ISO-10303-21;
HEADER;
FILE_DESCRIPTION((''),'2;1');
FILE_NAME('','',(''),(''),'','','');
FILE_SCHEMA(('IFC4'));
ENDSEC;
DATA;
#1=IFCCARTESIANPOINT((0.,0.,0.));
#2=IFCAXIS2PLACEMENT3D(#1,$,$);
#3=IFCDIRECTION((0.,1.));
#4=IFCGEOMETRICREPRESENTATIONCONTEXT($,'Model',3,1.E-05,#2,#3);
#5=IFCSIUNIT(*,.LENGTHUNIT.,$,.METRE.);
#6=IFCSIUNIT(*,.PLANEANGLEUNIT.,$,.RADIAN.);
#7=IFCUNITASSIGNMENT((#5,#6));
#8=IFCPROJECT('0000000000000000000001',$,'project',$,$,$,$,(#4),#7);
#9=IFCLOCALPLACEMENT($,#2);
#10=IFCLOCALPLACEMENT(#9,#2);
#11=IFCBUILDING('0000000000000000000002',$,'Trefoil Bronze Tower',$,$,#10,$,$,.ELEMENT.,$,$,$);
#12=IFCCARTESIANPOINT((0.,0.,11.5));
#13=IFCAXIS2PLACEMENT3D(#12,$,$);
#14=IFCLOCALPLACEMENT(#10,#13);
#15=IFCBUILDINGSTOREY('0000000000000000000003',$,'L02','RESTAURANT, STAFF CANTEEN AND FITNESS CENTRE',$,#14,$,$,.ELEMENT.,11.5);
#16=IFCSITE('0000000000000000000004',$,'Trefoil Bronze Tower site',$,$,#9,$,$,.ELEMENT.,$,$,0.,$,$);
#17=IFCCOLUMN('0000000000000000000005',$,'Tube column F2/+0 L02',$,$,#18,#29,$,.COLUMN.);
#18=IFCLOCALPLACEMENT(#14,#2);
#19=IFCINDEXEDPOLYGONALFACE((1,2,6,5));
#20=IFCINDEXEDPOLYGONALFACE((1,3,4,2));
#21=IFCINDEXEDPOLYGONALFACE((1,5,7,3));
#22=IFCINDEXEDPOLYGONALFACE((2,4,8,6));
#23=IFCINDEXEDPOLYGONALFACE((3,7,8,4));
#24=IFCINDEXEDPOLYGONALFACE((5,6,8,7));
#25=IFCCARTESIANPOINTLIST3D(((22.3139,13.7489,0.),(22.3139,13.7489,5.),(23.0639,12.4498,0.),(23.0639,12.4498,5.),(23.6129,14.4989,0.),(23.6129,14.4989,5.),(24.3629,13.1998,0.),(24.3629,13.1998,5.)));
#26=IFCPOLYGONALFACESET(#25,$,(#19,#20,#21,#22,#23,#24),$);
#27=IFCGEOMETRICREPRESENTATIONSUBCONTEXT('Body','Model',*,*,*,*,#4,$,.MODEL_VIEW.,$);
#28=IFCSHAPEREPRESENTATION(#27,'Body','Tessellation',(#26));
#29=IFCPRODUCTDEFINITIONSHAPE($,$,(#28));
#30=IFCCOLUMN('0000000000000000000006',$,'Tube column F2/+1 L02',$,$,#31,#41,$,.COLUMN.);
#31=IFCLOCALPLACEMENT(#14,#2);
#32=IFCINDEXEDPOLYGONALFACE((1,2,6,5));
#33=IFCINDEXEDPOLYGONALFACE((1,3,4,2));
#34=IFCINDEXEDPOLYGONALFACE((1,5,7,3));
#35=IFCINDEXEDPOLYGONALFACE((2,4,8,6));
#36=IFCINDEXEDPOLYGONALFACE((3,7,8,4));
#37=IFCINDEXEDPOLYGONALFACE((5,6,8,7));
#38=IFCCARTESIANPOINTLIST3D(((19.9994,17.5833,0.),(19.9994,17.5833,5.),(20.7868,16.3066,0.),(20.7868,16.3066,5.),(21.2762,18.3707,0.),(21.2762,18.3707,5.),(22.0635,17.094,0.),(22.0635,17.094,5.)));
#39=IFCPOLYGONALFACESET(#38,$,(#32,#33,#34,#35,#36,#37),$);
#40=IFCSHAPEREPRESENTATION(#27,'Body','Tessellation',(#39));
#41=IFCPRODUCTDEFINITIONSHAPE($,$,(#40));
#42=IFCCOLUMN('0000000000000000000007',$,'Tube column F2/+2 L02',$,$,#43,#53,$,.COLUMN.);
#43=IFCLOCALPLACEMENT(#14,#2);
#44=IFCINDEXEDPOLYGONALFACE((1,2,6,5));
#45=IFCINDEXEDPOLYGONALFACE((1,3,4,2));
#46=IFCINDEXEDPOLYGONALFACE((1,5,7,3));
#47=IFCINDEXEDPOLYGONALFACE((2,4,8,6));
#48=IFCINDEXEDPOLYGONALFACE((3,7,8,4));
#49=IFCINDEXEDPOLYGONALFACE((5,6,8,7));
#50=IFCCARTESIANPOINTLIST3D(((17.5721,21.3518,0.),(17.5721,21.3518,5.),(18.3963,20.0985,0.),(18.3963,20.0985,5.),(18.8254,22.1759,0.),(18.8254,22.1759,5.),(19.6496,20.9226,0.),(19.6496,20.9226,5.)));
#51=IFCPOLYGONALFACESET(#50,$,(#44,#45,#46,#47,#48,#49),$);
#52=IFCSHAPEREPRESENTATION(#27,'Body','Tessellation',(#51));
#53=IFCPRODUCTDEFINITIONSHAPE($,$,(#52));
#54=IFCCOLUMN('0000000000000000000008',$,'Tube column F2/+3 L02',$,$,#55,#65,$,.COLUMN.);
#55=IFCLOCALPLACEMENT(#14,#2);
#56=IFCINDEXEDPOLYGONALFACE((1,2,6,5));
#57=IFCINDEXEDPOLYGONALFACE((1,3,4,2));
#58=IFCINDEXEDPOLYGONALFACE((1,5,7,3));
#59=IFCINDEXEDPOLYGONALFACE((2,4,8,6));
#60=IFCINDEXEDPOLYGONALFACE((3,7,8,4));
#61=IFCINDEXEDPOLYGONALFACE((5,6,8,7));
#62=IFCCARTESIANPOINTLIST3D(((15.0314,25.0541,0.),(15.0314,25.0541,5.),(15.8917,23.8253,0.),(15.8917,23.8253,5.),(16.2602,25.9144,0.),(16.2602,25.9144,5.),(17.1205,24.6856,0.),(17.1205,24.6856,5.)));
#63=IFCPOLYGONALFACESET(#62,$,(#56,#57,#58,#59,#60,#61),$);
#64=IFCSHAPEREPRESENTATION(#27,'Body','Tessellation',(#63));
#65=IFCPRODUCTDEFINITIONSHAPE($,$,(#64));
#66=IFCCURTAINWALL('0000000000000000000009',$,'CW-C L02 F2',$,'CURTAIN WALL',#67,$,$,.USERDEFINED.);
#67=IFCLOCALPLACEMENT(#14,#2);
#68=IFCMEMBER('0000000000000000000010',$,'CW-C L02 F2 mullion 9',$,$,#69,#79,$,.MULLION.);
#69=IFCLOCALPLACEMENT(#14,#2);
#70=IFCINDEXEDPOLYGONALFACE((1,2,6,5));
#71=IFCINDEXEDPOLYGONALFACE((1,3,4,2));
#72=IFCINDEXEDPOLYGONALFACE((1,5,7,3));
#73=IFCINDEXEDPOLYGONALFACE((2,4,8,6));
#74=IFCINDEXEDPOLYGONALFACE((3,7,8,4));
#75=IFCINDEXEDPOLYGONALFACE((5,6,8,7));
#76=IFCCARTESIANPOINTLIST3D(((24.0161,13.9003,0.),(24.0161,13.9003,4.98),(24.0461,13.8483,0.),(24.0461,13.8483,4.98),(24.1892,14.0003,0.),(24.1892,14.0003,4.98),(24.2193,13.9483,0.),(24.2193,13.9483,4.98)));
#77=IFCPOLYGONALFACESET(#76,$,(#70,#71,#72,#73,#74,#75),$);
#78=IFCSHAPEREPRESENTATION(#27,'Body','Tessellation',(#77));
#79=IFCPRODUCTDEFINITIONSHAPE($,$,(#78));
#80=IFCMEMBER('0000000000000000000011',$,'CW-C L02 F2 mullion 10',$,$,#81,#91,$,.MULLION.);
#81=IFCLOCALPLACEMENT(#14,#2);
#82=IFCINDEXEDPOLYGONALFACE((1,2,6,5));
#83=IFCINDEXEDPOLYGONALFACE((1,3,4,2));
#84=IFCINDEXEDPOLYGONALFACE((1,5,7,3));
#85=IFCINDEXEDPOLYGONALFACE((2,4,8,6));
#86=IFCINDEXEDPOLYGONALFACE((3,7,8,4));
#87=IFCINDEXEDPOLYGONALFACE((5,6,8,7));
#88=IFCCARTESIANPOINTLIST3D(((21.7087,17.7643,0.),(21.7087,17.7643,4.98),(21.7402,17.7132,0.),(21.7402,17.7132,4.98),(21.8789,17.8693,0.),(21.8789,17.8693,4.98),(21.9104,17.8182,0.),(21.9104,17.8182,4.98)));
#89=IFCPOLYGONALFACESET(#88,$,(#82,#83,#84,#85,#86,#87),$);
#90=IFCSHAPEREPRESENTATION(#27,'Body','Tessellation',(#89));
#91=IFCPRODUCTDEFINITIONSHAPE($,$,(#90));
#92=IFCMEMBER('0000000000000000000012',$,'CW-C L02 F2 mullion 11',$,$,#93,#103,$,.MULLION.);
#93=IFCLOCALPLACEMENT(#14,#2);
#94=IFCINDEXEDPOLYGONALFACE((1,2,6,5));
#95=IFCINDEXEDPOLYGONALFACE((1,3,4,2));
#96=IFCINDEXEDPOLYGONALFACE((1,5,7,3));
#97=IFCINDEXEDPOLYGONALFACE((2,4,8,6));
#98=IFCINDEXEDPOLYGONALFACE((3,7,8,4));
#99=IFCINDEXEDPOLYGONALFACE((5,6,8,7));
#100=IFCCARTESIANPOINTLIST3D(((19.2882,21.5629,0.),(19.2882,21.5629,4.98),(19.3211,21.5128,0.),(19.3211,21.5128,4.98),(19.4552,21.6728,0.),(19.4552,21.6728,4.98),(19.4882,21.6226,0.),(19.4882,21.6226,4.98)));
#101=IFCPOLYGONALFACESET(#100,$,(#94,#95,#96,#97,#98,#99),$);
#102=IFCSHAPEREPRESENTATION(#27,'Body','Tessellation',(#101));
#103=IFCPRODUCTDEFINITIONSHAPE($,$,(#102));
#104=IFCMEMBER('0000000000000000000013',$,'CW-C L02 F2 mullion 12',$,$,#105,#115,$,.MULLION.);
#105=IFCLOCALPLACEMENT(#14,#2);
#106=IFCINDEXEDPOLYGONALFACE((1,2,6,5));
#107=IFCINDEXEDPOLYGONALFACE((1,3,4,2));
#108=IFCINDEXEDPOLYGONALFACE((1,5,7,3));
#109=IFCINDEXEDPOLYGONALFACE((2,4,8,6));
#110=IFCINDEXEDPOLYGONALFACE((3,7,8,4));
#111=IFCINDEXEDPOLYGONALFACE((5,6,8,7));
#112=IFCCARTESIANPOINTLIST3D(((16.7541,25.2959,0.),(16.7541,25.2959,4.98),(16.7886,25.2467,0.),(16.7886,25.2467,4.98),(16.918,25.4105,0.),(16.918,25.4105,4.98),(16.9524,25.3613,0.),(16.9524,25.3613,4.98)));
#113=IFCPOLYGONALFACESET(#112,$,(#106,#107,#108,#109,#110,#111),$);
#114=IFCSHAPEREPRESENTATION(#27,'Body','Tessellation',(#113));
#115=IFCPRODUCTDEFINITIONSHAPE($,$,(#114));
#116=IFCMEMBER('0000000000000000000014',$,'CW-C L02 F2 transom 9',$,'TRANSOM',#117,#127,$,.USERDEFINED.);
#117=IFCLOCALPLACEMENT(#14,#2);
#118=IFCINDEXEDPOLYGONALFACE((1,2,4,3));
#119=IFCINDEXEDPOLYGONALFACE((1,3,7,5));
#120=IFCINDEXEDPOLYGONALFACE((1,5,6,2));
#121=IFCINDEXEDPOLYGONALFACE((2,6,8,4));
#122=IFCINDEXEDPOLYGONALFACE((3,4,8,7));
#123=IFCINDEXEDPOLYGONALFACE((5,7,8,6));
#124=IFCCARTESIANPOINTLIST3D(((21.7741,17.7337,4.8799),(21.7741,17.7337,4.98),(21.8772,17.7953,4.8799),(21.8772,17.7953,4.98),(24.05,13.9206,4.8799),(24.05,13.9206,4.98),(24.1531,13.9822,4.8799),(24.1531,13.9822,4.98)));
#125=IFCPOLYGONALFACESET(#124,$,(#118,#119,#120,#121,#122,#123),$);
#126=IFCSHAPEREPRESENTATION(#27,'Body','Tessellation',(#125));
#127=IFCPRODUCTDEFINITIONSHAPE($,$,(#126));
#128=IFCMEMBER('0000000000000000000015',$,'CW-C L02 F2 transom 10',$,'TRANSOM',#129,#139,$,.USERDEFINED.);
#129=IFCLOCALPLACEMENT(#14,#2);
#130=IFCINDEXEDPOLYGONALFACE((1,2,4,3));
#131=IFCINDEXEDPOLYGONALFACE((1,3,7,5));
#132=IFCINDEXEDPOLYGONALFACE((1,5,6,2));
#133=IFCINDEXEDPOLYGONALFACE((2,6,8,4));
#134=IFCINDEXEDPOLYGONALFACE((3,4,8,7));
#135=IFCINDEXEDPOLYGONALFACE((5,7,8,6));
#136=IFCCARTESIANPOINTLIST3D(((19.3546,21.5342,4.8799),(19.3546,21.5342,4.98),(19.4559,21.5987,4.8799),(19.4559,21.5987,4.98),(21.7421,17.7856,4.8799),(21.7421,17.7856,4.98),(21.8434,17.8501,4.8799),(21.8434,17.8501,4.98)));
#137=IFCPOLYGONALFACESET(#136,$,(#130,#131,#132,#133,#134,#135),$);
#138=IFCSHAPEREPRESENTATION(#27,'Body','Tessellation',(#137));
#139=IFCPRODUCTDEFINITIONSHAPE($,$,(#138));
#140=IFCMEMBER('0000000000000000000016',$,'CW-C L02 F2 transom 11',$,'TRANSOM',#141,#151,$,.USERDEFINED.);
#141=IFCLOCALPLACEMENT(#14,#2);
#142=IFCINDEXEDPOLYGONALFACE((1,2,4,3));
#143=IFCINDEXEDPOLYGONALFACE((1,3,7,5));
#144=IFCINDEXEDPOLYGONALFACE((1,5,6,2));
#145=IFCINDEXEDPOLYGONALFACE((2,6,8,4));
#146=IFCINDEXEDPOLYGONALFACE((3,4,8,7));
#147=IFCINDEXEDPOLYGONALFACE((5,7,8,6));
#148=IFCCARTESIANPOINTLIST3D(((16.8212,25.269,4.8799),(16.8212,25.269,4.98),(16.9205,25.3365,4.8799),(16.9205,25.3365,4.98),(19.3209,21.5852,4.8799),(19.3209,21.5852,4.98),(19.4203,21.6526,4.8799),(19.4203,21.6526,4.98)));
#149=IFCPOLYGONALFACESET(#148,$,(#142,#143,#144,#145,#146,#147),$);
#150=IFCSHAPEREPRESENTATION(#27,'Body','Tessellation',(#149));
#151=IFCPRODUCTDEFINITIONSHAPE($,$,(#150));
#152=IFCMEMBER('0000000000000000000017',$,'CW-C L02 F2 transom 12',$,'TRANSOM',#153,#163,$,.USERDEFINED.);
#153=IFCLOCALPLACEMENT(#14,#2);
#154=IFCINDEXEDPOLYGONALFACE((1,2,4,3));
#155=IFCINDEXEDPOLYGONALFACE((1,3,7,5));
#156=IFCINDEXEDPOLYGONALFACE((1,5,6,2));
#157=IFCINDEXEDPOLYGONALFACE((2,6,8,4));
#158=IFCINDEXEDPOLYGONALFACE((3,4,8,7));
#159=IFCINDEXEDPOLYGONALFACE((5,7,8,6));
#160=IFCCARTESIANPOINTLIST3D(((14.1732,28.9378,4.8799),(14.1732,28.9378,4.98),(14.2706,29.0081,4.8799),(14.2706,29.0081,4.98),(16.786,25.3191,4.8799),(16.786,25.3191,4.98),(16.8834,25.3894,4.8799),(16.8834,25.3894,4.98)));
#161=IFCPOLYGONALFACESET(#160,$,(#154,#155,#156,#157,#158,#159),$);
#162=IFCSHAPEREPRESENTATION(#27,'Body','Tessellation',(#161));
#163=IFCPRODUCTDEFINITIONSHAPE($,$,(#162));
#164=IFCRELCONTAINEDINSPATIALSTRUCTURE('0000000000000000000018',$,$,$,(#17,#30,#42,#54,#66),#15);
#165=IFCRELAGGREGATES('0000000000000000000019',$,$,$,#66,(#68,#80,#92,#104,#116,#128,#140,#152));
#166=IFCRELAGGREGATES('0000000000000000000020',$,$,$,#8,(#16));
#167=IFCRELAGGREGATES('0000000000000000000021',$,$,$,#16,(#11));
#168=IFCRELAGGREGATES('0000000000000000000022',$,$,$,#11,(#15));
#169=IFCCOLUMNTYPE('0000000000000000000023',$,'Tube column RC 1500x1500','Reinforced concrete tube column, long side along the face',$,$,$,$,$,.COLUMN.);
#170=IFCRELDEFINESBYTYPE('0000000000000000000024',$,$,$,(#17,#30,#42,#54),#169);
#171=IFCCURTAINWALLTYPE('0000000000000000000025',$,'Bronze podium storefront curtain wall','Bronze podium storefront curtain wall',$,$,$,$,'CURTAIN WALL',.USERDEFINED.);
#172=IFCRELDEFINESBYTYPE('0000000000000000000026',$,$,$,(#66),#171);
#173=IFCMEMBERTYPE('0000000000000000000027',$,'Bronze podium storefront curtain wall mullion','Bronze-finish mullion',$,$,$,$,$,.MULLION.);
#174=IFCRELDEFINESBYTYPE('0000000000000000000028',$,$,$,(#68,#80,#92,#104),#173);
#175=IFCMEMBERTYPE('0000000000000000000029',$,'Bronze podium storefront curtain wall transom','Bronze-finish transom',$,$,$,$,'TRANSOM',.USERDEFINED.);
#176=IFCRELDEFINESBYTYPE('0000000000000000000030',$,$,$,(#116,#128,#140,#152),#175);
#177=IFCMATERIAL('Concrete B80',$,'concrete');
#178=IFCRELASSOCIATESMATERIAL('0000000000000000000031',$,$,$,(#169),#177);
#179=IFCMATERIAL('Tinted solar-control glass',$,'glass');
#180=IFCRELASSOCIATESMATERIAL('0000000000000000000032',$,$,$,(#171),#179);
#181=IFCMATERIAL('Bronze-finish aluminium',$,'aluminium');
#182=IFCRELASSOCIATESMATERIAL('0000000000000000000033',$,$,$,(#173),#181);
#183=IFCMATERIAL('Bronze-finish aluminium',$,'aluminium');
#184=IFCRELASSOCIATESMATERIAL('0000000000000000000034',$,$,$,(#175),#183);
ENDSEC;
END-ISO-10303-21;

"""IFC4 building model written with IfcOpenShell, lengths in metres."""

from ifc_helpers import new_model, si_unit, direction, frame, origin, origin_2d, place, context, subcontext, project, spatial, rectangle, extrude, material, material_profile, profile_set, type_object, element, aggregate, save


model = new_model("IFC4")

# Units and contexts
model_context = context("Model", 3, precision=1e-05, world=origin(), true_north=direction((0.0, 1.0)))
body_context = subcontext(model_context, "Body", "Model", "MODEL_VIEW")
ifc_project = project(units=[si_unit("LENGTHUNIT", "METRE"), si_unit("PLANEANGLEUNIT", "RADIAN")], contexts=[model_context])

# Site, building, storey
site_placement = place(None, origin())
site = spatial("IfcSite", under=ifc_project, at=site_placement, Name="Trefoil Bronze Tower site", CompositionType="ELEMENT", RefElevation=0.0)
building_placement = place(site_placement, origin())
building = spatial("IfcBuilding", under=site, at=building_placement, Name="Trefoil Bronze Tower", CompositionType="ELEMENT")
storey_placement = place(building_placement, frame((0.0, 0.0, 11.5)))
storey = spatial("IfcBuildingStorey", under=building, at=storey_placement, Name="L02", Description="RESTAURANT, STAFF CANTEEN AND FITNESS CENTRE", CompositionType="ELEMENT", Elevation=11.5)

# Columns
ifc_material_1 = material(Name="Concrete B80", Category="concrete")
ifc_material_profile_1 = material_profile(ifc_material_1, rectangle(XDim=1.5, YDim=1.5, at=origin_2d()), Name="RC 1500x1500")
ifc_profile_set_1 = profile_set([ifc_material_profile_1], Name="Concrete B80")
column_type = type_object("IfcColumnType", Name="Tube column RC 1500x1500", Description="Reinforced concrete tube column, long side along the face", PredefinedType="COLUMN", material=ifc_profile_set_1)
for number, where, z_axis, x_axis, name in (
    (1, (23.3384, 13.4744, 0.0), (0.0, 0.0, 1.0), (-0.5, 0.866025, 0.0), "Tube column F2/+0 L02"),
    (2, (21.0315, 17.3386, 0.0), (0.0, 0.0, 1.0), (-0.524923, 0.85115, 0.0), "Tube column F2/+1 L02"),
    (3, (18.6108, 21.1372, 0.0), (0.0, 0.0, 1.0), (-0.549424, 0.835544, 0.0), "Tube column F2/+2 L02"),
    (4, (16.0759, 24.8699, 0.0), (0.0, 0.0, 1.0), (-0.573502, 0.819204, 0.0), "Tube column F2/+3 L02"),
):
    element("IfcColumn", number, at=place(storey_placement, frame(where, z_axis=z_axis, x_axis=x_axis)), inside=storey, type_object=column_type, Name=name, PredefinedType="COLUMN", context=body_context, shape_type="SweptSolid", body=[
        extrude(rectangle(XDim=1.5, YDim=1.5, at=origin_2d()), origin(), (0.0, 0.0, 1.0), 5.0),
    ])

# Curtain wall, members
ifc_material_2 = material(Name="Tinted solar-control glass", Category="glass")
curtain_wall_type = type_object("IfcCurtainWallType", Name="Bronze podium storefront curtain wall", Description="Bronze podium storefront curtain wall", ElementType="CURTAIN WALL", PredefinedType="USERDEFINED", material=ifc_material_2)
curtain_wall_placement = place(storey_placement, origin())
curtain_wall = element("IfcCurtainWall", 5, at=curtain_wall_placement, inside=storey, type_object=curtain_wall_type, Name="CW-C L02 F2", ObjectType="CURTAIN WALL", PredefinedType="USERDEFINED")
ifc_material_3 = material(Name="Bronze-finish aluminium", Category="aluminium")
ifc_material_profile_2 = material_profile(ifc_material_3, rectangle(XDim=0.2, YDim=0.0601, at=origin_2d()), Name="CW-C mullion")
ifc_profile_set_2 = profile_set([ifc_material_profile_2], Name="Bronze-finish aluminium")
member_type_1 = type_object("IfcMemberType", Name="Bronze podium storefront curtain wall mullion", Description="Bronze-finish mullion", PredefinedType="MULLION", material=ifc_profile_set_2)
member_1_placement = place(storey_placement, frame((24.1177, 13.9243, 0.0), z_axis=(0.0, 0.0, 1.0), x_axis=(-0.866025, -0.5, 0.0)))
member_1 = element("IfcMember", 6, at=member_1_placement, type_object=member_type_1, Name="CW-C L02 F2 mullion 9", PredefinedType="MULLION", context=body_context, shape_type="SweptSolid", body=[
    extrude(rectangle(XDim=0.2, YDim=0.0601, at=origin_2d()), origin(), (0.0, 0.0, 1.0), 4.98),
])
member_2_placement = place(storey_placement, frame((21.8096, 17.7913, 0.0), z_axis=(0.0, 0.0, 1.0), x_axis=(-0.85115, -0.524923, 0.0)))
member_2 = element("IfcMember", 7, at=member_2_placement, type_object=member_type_1, Name="CW-C L02 F2 mullion 10", PredefinedType="MULLION", context=body_context, shape_type="SweptSolid", body=[
    extrude(rectangle(XDim=0.2, YDim=0.0601, at=origin_2d()), origin(), (0.0, 0.0, 1.0), 4.98),
])
member_3_placement = place(storey_placement, frame((19.3882, 21.5928, 0.0), z_axis=(0.0, 0.0, 1.0), x_axis=(-0.835544, -0.549424, 0.0)))
member_3 = element("IfcMember", 8, at=member_3_placement, type_object=member_type_1, Name="CW-C L02 F2 mullion 11", PredefinedType="MULLION", context=body_context, shape_type="SweptSolid", body=[
    extrude(rectangle(XDim=0.2, YDim=0.0601, at=origin_2d()), origin(), (0.0, 0.0, 1.0), 4.98),
])
member_4_placement = place(storey_placement, frame((16.8533, 25.3286, 0.0), z_axis=(0.0, 0.0, 1.0), x_axis=(-0.819204, -0.573502, 0.0)))
member_4 = element("IfcMember", 9, at=member_4_placement, type_object=member_type_1, Name="CW-C L02 F2 mullion 12", PredefinedType="MULLION", context=body_context, shape_type="SweptSolid", body=[
    extrude(rectangle(XDim=0.2, YDim=0.0601, at=origin_2d()), origin(), (0.0, 0.0, 1.0), 4.98),
])
ifc_material_4 = material(Name="Bronze-finish aluminium", Category="aluminium")
ifc_material_profile_3 = material_profile(ifc_material_4, rectangle(XDim=0.1201, YDim=0.1001, at=origin_2d()), Name="CW-C transom")
ifc_profile_set_3 = profile_set([ifc_material_profile_3], Name="Bronze-finish aluminium")
member_type_2 = type_object("IfcMemberType", Name="Bronze podium storefront curtain wall transom", Description="Bronze-finish transom", ElementType="TRANSOM", PredefinedType="USERDEFINED", material=ifc_profile_set_3)
member_5_placement = place(storey_placement, frame((24.1016, 13.9514, 4.9299), z_axis=(-0.512522, 0.858674, 0.0), x_axis=(-0.858674, -0.512522, 0.0)))
member_5 = element("IfcMember", 10, at=member_5_placement, type_object=member_type_2, Name="CW-C L02 F2 transom 9", ObjectType="TRANSOM", PredefinedType="USERDEFINED", context=body_context, shape_type="SweptSolid", body=[
    extrude(rectangle(XDim=0.1201, YDim=0.1001, at=origin_2d()), origin(), (0.0, 0.0, 1.0), 4.4407),
])
member_6_placement = place(storey_placement, frame((21.7927, 17.8179, 4.9299), z_axis=(-0.537199, 0.843456, 0.0), x_axis=(-0.843456, -0.537199, 0.0)))
member_6 = element("IfcMember", 11, at=member_6_placement, type_object=member_type_2, Name="CW-C L02 F2 transom 10", ObjectType="TRANSOM", PredefinedType="USERDEFINED", context=body_context, shape_type="SweptSolid", body=[
    extrude(rectangle(XDim=0.1201, YDim=0.1001, at=origin_2d()), origin(), (0.0, 0.0, 1.0), 4.4443),
])
member_7_placement = place(storey_placement, frame((19.3706, 21.6189, 4.9299), z_axis=(-0.561503, 0.827475, 0.0), x_axis=(-0.827475, -0.561503, 0.0)))
member_7 = element("IfcMember", 12, at=member_7_placement, type_object=member_type_2, Name="CW-C L02 F2 transom 11", ObjectType="TRANSOM", PredefinedType="USERDEFINED", context=body_context, shape_type="SweptSolid", body=[
    extrude(rectangle(XDim=0.1201, YDim=0.1001, at=origin_2d()), origin(), (0.0, 0.0, 1.0), 4.4519),
])
member_8_placement = place(storey_placement, frame((16.8347, 25.3542, 4.9299), z_axis=(-0.585391, 0.810751, 0.0), x_axis=(-0.810751, -0.585391, 0.0)))
member_8 = element("IfcMember", 13, at=member_8_placement, type_object=member_type_2, Name="CW-C L02 F2 transom 12", ObjectType="TRANSOM", PredefinedType="USERDEFINED", context=body_context, shape_type="SweptSolid", body=[
    extrude(rectangle(XDim=0.1201, YDim=0.1001, at=origin_2d()), origin(), (0.0, 0.0, 1.0), 4.4634),
])

aggregate(curtain_wall, [member_1, member_2, member_3, member_4, member_5, member_6, member_7, member_8])

save(model, "model.ifc")
